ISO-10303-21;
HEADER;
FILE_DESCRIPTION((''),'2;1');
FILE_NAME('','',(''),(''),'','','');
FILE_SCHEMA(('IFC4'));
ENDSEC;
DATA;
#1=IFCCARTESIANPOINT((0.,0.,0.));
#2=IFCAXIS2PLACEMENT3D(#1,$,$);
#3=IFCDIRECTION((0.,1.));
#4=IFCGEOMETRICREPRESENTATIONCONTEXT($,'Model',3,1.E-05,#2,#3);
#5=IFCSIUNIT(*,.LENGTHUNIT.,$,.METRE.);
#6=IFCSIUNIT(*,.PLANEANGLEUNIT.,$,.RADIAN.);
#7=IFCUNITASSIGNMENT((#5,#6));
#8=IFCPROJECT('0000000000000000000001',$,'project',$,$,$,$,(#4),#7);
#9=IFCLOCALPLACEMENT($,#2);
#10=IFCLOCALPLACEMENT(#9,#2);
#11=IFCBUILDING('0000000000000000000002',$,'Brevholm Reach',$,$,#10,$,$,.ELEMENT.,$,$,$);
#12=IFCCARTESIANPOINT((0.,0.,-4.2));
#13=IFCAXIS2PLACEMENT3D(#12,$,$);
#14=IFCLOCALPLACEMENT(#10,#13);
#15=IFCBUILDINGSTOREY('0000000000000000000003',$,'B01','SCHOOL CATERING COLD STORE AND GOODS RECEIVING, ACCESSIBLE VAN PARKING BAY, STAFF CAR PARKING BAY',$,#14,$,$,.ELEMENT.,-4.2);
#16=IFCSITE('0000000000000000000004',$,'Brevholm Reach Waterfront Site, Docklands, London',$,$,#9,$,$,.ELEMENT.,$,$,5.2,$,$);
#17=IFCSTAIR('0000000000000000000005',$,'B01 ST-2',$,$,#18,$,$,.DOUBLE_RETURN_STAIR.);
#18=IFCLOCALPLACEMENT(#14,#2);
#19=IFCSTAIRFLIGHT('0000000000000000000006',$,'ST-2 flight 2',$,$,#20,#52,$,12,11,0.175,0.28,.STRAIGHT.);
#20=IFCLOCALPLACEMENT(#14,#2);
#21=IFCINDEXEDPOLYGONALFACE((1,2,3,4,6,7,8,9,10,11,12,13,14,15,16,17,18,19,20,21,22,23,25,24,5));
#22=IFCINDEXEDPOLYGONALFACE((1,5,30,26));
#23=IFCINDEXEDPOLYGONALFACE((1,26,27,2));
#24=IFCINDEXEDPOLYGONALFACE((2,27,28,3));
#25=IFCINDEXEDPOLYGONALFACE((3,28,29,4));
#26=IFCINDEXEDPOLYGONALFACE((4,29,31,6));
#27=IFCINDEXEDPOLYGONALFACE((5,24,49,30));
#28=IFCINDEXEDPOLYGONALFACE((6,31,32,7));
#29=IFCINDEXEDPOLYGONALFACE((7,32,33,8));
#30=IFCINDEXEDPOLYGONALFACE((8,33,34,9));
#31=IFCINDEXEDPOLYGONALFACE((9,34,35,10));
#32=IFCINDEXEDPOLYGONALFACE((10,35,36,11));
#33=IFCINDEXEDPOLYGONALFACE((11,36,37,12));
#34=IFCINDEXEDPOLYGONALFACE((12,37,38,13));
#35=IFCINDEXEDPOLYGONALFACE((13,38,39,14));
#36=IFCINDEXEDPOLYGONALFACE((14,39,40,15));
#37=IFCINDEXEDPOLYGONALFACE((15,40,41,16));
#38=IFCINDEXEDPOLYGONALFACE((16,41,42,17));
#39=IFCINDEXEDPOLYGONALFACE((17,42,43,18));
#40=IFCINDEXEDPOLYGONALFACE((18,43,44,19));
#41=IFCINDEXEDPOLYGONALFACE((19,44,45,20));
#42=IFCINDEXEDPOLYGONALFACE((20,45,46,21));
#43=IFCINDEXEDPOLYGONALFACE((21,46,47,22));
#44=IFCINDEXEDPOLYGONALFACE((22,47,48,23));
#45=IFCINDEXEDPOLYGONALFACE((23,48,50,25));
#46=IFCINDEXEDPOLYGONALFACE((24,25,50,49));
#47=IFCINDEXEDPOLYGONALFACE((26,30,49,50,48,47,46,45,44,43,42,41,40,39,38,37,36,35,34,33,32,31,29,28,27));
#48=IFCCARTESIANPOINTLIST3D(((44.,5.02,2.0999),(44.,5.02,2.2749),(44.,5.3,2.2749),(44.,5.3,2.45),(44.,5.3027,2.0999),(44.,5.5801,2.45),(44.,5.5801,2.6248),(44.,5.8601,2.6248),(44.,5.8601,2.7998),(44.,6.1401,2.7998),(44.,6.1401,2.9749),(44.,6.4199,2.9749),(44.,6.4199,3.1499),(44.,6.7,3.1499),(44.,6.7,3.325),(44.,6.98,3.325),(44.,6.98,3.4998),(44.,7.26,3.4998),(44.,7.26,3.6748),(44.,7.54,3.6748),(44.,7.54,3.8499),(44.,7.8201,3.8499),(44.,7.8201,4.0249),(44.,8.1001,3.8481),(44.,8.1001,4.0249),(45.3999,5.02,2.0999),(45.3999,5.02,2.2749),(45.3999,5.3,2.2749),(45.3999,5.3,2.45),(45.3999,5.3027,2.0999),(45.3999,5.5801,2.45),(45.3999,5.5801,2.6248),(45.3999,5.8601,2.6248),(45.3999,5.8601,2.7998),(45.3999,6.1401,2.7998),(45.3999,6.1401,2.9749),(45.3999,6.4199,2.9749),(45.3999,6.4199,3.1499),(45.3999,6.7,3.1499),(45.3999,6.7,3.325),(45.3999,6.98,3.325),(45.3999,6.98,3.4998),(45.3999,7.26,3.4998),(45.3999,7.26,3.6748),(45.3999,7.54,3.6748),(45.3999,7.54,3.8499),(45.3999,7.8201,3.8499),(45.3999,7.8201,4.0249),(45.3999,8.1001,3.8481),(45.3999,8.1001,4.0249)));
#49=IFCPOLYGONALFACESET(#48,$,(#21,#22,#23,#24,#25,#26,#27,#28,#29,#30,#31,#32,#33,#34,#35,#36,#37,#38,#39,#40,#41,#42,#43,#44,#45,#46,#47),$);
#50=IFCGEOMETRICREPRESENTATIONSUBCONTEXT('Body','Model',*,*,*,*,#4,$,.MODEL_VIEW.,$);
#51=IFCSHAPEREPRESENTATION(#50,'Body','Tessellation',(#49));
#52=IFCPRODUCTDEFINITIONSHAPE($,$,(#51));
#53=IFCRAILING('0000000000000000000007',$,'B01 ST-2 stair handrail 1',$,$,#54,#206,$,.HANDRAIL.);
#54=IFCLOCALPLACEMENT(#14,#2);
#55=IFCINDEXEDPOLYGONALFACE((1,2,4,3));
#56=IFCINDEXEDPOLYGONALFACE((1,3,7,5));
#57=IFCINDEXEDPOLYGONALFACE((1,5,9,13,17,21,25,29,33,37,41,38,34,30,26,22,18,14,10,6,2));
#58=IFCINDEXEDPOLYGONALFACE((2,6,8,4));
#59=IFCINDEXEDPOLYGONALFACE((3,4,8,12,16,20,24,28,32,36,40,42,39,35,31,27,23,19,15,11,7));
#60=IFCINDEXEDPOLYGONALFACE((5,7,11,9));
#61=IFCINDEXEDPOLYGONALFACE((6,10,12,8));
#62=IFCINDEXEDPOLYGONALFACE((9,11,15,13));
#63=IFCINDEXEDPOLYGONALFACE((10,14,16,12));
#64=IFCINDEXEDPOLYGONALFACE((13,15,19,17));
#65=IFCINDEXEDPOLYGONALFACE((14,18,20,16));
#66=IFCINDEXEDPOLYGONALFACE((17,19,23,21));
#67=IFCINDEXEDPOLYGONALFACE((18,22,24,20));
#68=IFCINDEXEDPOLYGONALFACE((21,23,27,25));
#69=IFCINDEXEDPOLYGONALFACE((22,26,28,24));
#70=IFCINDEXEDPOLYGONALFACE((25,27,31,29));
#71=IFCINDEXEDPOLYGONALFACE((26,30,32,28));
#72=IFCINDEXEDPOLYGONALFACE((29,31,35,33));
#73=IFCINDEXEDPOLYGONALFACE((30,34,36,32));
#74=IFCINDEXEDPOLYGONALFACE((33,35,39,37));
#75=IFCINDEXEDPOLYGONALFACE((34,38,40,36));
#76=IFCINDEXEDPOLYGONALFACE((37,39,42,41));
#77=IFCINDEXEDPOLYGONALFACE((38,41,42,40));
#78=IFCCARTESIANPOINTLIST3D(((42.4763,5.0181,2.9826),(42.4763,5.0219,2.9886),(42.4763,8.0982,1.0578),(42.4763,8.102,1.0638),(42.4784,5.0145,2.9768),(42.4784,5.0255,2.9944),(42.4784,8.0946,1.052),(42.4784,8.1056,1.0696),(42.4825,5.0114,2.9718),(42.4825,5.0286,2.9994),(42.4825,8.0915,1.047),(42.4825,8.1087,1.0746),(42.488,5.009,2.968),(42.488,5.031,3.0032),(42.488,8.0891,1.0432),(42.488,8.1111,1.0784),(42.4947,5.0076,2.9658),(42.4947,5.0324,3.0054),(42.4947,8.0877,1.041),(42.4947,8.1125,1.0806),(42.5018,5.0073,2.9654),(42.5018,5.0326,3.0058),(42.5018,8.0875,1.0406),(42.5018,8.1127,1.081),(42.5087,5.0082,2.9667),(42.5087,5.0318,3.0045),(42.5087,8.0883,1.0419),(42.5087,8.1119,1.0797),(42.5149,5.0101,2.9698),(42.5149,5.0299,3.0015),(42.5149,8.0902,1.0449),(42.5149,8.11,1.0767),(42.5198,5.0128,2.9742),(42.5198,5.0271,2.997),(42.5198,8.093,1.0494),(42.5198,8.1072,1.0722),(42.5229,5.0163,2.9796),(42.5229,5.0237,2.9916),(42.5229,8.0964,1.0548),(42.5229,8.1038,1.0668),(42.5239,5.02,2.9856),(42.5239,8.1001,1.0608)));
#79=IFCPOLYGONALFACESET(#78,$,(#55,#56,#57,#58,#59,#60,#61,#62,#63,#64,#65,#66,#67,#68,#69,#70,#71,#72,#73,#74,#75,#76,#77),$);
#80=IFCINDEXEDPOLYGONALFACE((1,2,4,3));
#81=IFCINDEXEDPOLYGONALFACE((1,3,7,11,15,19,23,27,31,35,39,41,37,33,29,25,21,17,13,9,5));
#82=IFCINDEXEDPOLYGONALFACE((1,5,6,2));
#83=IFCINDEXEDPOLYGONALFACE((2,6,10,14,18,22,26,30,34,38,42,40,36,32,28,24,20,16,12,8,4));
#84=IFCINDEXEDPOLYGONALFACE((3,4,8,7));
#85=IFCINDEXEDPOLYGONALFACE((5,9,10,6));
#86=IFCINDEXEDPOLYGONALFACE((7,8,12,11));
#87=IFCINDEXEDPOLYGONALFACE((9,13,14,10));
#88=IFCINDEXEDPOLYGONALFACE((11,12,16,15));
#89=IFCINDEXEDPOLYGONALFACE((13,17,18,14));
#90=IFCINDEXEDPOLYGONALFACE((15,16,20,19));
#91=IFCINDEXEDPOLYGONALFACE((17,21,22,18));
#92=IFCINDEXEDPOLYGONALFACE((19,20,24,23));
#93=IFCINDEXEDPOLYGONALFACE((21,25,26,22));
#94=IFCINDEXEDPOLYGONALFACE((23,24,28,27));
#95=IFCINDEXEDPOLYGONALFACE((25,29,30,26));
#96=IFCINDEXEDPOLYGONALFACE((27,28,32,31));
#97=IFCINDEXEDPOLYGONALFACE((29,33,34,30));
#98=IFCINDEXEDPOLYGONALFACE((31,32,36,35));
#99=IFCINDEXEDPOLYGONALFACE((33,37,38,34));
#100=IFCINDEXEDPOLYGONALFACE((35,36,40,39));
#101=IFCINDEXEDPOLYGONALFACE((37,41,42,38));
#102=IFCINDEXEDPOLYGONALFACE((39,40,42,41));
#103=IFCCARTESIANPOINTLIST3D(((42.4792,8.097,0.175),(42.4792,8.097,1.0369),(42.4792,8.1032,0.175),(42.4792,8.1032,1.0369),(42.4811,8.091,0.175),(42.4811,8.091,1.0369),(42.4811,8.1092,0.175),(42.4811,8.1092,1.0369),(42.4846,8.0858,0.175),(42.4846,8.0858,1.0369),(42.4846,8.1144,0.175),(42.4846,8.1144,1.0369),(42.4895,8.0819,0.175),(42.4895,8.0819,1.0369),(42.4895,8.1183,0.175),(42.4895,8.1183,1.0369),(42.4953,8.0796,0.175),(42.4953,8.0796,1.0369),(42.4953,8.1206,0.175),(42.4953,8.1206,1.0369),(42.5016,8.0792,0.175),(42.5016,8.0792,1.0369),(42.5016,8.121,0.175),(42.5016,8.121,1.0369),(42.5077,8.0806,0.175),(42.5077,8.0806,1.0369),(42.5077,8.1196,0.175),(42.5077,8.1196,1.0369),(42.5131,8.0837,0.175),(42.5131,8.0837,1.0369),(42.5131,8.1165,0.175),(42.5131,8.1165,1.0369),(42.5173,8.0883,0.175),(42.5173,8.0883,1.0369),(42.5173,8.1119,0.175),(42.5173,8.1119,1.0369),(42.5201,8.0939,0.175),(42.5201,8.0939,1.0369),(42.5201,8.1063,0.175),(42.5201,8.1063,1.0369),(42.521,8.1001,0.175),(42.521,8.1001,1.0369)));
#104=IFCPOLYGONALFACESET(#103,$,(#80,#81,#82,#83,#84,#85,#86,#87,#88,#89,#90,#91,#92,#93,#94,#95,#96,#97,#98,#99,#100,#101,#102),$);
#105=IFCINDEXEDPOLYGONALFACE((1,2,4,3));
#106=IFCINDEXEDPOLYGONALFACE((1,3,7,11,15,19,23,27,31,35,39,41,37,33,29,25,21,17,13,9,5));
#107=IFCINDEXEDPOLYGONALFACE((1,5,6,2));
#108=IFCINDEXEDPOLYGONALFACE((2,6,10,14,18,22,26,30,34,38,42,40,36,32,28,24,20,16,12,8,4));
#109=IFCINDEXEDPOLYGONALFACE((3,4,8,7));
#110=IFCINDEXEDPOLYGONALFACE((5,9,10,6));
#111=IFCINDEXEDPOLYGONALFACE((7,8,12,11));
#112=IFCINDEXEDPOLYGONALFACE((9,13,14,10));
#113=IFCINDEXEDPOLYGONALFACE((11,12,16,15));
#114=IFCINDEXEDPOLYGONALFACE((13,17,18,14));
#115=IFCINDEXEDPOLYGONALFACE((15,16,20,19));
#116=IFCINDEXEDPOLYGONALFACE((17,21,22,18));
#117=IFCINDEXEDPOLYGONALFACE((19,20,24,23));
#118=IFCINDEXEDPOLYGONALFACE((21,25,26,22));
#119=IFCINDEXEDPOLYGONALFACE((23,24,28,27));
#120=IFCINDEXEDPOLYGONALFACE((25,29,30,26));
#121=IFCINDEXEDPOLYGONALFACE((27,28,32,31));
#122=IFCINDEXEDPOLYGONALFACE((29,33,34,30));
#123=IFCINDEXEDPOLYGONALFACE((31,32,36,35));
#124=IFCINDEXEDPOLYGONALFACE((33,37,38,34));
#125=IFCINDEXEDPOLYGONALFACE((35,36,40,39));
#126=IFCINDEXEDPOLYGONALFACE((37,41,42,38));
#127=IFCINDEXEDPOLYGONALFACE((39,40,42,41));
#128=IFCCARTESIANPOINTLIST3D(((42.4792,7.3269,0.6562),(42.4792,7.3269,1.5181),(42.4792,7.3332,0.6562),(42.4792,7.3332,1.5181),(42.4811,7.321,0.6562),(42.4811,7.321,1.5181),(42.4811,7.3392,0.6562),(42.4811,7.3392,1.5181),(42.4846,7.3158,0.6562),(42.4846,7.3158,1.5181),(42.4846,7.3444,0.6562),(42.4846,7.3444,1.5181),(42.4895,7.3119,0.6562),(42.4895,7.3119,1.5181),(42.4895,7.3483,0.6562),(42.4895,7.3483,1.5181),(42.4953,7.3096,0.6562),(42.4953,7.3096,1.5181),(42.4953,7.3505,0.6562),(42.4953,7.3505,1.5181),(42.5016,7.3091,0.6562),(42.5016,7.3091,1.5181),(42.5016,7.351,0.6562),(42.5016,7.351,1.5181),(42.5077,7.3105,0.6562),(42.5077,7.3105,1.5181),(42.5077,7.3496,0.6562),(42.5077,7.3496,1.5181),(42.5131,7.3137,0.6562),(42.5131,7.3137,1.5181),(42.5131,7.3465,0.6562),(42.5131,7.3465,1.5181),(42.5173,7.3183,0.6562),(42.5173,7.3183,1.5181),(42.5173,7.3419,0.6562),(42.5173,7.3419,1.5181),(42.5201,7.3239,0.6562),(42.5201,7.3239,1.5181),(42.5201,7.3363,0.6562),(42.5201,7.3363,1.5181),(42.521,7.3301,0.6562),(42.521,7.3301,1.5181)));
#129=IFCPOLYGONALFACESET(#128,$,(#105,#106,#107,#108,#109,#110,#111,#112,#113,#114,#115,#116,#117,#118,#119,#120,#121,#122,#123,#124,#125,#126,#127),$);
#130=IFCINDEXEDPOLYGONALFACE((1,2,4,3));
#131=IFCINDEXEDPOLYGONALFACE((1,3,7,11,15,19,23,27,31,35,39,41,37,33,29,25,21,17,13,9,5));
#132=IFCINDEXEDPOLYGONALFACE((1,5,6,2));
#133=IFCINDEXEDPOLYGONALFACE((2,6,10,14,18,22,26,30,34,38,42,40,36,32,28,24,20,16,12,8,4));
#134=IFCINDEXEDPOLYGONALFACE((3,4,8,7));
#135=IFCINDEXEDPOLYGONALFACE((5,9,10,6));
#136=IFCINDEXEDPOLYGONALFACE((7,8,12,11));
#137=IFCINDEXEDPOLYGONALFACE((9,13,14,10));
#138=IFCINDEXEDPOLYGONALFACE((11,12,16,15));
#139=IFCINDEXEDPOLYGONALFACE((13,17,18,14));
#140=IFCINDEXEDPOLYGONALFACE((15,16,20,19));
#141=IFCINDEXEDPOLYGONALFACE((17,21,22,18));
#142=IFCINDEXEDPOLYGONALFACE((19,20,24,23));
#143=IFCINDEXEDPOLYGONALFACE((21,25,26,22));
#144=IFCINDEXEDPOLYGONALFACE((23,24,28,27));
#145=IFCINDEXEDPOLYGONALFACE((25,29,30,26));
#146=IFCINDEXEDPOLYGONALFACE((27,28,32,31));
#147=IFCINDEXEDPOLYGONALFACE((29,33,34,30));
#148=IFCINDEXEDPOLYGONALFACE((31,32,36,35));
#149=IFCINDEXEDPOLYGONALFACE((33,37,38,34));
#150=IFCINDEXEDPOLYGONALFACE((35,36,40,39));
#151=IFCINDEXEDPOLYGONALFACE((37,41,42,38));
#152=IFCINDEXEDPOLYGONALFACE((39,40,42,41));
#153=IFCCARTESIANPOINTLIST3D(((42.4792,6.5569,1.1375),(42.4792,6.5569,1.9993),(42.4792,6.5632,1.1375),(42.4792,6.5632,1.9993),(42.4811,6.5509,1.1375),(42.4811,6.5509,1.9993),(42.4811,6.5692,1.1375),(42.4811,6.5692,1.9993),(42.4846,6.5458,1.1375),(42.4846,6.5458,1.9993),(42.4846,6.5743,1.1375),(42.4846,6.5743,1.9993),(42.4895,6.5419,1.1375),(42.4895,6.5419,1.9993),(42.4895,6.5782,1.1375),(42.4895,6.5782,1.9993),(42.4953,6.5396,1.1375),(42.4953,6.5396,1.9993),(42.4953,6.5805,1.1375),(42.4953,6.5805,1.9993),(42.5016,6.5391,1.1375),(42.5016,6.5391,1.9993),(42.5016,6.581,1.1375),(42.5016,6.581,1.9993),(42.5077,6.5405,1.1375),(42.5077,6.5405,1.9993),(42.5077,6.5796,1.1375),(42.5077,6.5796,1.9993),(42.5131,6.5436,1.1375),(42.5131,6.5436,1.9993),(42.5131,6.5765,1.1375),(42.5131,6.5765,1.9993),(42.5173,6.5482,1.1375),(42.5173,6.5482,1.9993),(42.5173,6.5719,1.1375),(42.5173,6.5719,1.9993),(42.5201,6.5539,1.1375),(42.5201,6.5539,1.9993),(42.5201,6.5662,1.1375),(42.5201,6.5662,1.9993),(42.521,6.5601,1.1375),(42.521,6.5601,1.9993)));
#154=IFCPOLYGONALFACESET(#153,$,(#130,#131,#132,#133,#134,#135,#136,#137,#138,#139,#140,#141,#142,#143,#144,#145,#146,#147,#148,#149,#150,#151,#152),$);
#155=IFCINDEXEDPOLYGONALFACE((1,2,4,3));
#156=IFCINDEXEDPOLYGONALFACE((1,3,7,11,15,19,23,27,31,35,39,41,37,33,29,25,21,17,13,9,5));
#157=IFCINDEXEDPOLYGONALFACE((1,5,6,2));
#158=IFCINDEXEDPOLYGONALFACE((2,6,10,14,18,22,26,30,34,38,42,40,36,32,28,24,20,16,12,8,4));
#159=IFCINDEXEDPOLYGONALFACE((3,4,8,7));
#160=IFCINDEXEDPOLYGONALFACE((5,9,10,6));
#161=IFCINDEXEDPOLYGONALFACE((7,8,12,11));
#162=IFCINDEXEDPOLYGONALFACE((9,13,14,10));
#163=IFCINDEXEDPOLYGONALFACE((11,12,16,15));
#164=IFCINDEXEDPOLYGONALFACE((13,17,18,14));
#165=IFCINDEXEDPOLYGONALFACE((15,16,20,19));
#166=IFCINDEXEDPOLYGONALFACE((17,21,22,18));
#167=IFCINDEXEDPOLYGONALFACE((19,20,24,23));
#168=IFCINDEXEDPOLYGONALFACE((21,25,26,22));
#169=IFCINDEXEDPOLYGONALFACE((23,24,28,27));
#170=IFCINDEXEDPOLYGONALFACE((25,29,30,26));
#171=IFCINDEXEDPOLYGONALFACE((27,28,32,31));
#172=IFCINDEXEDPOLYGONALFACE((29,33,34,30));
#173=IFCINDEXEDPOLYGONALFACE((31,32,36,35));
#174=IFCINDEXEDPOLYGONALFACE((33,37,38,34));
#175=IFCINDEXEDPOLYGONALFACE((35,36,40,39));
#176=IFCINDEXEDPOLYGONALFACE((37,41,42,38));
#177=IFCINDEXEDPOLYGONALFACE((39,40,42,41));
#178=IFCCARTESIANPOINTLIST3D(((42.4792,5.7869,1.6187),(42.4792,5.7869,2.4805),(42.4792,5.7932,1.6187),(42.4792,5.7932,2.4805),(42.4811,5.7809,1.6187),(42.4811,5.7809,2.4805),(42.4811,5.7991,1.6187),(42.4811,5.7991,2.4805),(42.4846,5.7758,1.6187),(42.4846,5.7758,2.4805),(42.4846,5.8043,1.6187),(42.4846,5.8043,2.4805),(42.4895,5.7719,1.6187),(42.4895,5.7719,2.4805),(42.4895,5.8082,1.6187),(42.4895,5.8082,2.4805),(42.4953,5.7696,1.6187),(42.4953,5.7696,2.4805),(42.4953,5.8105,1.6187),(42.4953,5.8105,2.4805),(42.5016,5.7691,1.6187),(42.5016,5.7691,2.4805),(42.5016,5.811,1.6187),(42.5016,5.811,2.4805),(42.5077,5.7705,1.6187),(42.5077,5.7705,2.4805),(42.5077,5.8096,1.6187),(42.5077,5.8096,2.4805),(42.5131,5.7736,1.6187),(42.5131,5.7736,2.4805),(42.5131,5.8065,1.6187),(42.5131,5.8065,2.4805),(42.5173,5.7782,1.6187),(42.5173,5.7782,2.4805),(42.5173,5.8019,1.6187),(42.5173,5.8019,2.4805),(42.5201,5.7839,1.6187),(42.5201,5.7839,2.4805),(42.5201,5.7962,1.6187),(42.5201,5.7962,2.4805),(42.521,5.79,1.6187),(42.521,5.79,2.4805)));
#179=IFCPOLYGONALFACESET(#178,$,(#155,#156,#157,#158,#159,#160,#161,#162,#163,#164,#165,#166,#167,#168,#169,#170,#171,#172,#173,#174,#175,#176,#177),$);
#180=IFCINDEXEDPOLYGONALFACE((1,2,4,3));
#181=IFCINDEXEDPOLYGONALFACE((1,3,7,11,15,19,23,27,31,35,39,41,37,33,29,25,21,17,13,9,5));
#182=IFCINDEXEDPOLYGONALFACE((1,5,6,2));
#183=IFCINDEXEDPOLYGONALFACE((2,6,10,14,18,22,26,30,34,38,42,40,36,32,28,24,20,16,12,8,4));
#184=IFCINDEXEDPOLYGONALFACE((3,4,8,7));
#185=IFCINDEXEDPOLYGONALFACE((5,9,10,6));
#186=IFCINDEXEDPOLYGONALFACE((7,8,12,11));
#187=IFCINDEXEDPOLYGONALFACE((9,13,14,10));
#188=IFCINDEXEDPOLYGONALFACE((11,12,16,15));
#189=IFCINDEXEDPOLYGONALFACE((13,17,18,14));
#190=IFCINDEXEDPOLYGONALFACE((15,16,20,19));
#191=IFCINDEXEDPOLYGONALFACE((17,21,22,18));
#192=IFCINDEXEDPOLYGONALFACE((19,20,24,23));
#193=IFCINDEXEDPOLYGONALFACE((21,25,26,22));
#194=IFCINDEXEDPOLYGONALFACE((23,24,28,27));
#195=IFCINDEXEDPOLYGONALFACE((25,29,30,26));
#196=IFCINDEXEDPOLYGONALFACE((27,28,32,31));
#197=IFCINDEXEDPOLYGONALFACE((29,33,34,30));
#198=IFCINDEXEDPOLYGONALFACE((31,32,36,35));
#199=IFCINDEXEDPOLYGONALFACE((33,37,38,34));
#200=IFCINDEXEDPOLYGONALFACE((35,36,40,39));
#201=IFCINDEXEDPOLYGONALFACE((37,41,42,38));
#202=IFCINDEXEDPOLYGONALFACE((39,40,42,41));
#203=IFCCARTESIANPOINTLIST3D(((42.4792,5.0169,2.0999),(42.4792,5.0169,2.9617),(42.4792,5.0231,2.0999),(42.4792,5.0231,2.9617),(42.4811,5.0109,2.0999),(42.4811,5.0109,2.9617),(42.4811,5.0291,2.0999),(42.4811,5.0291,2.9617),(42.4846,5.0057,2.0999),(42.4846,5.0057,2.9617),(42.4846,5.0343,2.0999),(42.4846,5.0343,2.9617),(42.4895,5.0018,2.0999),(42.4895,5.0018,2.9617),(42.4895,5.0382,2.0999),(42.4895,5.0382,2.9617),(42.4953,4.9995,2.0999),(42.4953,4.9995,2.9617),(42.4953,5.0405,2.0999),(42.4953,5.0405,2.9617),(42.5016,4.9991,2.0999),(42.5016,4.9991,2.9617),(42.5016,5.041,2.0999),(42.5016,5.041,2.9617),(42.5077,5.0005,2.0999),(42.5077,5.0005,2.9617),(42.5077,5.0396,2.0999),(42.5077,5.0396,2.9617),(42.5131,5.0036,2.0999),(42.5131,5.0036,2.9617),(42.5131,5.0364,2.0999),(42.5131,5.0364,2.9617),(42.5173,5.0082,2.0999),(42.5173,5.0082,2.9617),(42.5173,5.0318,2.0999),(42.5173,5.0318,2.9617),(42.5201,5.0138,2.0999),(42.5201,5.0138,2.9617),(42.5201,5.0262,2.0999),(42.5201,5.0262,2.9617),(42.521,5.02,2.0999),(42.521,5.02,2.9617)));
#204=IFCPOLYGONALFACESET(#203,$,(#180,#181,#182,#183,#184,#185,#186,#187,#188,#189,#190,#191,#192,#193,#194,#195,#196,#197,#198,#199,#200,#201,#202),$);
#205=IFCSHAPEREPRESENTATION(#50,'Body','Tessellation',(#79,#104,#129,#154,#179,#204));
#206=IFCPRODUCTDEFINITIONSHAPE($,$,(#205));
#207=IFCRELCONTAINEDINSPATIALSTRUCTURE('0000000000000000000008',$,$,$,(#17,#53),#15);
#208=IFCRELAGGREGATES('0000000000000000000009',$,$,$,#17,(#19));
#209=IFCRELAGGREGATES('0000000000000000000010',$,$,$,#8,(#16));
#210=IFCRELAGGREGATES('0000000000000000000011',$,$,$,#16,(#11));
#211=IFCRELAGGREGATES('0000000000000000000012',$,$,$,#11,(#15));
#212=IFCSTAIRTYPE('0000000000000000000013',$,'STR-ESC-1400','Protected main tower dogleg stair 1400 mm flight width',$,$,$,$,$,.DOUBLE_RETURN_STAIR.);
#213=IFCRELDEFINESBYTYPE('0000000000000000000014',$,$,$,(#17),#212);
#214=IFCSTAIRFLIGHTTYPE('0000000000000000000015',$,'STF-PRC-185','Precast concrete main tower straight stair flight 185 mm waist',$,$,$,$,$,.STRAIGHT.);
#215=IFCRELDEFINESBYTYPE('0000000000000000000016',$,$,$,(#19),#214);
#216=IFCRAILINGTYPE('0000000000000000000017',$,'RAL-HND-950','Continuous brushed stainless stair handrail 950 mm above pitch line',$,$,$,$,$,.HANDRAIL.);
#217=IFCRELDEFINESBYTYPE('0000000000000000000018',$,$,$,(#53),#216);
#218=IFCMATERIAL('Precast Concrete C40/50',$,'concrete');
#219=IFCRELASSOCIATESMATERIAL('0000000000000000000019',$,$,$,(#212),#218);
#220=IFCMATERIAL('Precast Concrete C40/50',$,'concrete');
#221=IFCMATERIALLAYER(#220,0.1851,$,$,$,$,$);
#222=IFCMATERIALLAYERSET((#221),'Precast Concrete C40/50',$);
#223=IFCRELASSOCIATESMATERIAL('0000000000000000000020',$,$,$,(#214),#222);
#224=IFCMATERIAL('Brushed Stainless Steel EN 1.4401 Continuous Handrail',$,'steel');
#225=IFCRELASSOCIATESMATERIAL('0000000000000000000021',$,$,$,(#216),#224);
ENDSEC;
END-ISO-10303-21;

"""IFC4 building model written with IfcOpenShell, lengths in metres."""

from ifc_helpers import new_model, si_unit, direction, frame, origin, origin_2d, place, context, subcontext, project, spatial, polyline, circle, outline, extrude, material, layer, layer_set, type_object, element, aggregate, save


model = new_model("IFC4")

# Units and contexts
model_context = context("Model", 3, precision=1e-05, world=origin(), true_north=direction((0.0, 1.0)))
body_context = subcontext(model_context, "Body", "Model", "MODEL_VIEW")
ifc_project = project(units=[si_unit("LENGTHUNIT", "METRE"), si_unit("PLANEANGLEUNIT", "RADIAN")], contexts=[model_context])

# Site, building, storey
site_placement = place(None, origin())
site = spatial("IfcSite", under=ifc_project, at=site_placement, Name="Brevholm Reach Waterfront Site, Docklands, London", CompositionType="ELEMENT", RefElevation=5.2)
building_placement = place(site_placement, origin())
building = spatial("IfcBuilding", under=site, at=building_placement, Name="Brevholm Reach", CompositionType="ELEMENT")
storey_placement = place(building_placement, frame((0.0, 0.0, -4.2)))
storey = spatial("IfcBuildingStorey", under=building, at=storey_placement, Name="B01", Description="SCHOOL CATERING COLD STORE AND GOODS RECEIVING, ACCESSIBLE VAN PARKING BAY, STAFF CAR PARKING BAY", CompositionType="ELEMENT", Elevation=-4.2)

# Stair, stair flight
ifc_material_1 = material(Name="Precast Concrete C40/50", Category="concrete")
stair_type = type_object("IfcStairType", Name="STR-ESC-1400", Description="Protected main tower dogleg stair 1400 mm flight width", PredefinedType="DOUBLE_RETURN_STAIR", material=ifc_material_1)
stair_placement = place(storey_placement, origin())
stair = element("IfcStair", 1, at=stair_placement, inside=storey, type_object=stair_type, Name="B01 ST-2", PredefinedType="DOUBLE_RETURN_STAIR")
ifc_material_2 = material(Name="Precast Concrete C40/50", Category="concrete")
ifc_layer_1 = layer(ifc_material_2, 0.1851)
ifc_layer_set_1 = layer_set([ifc_layer_1], Name="Precast Concrete C40/50")
stair_flight_type = type_object("IfcStairFlightType", Name="STF-PRC-185", Description="Precast concrete main tower straight stair flight 185 mm waist", PredefinedType="STRAIGHT", material=ifc_layer_set_1)
stair_flight_1_placement = place(storey_placement, frame((44.7, 5.02, 2.0999), z_axis=(0.0, 0.0, 1.0), x_axis=(0.0, 1.0, 0.0)))
stair_flight_1 = element("IfcStairFlight", 2, at=stair_flight_1_placement, type_object=stair_flight_type, Name="ST-2 flight 2", NumberOfRisers=12, NumberOfTreads=11, PredefinedType="STRAIGHT", RiserHeight=0.175, TreadLength=0.28, context=body_context, shape_type="SweptSolid", body=[
    extrude(outline(polyline([(0.0, 0.0), (0.0, 0.175), (0.28, 0.175), (0.28, 0.3501), (0.5601, 0.3501), (0.5601, 0.5249), (0.8401, 0.5249), (0.8401, 0.7), (1.1201, 0.7), (1.1201, 0.875), (1.3999, 0.875), (1.3999, 1.05), (1.6799, 1.05), (1.6799, 1.2251), (1.96, 1.2251), (1.96, 1.3999), (2.24, 1.3999), (2.24, 1.575), (2.52, 1.575), (2.52, 1.75), (2.8, 1.75), (2.8, 1.925), (3.0801, 1.925), (3.0801, 2.1001), (3.0801, 1.7483), (0.2827, 0.0), (0.0, 0.0)])), frame((0.0, 0.7, 0.0), z_axis=(0.0, -1.0, 0.0), x_axis=(1.0, 0.0, 0.0)), (0.0, 0.0, 1.0), 1.3999),
])
aggregate(stair, [stair_flight_1])

# Railing
ifc_material_3 = material(Name="Brushed Stainless Steel EN 1.4401 Continuous Handrail", Category="steel")
railing_type_1 = type_object("IfcRailingType", Name="RAL-HND-950", Description="Continuous brushed stainless stair handrail 950 mm above pitch line", PredefinedType="HANDRAIL", material=ifc_material_3)
railing_1_placement = place(storey_placement, frame((42.5, 8.1001, 0.175)))
element("IfcRailing", 3, at=railing_1_placement, inside=storey, type_object=railing_type_1, Name="B01 ST-2 stair handrail 1", PredefinedType="HANDRAIL", context=body_context, shape_type="SweptSolid", body=[
    extrude(circle(Radius=0.0239, at=origin_2d()), frame((0.0, 0.0, 0.8857), z_axis=(0.0, -0.848029, 0.529951), x_axis=(1.0, 0.0, 0.0)), (0.0, 0.0, 1.0), 3.6321),
    extrude(circle(Radius=0.021, at=origin_2d()), origin(), (0.0, 0.0, 1.0), 0.8618),
    extrude(circle(Radius=0.021, at=origin_2d()), frame((0.0, -0.77, 0.4812)), (0.0, 0.0, 1.0), 0.8618),
    extrude(circle(Radius=0.021, at=origin_2d()), frame((0.0, -1.54, 0.9624)), (0.0, 0.0, 1.0), 0.8618),
    extrude(circle(Radius=0.021, at=origin_2d()), frame((0.0, -2.3101, 1.4436)), (0.0, 0.0, 1.0), 0.8618),
    extrude(circle(Radius=0.021, at=origin_2d()), frame((0.0, -3.0801, 1.9248)), (0.0, 0.0, 1.0), 0.8618),
])

save(model, "model.ifc")
